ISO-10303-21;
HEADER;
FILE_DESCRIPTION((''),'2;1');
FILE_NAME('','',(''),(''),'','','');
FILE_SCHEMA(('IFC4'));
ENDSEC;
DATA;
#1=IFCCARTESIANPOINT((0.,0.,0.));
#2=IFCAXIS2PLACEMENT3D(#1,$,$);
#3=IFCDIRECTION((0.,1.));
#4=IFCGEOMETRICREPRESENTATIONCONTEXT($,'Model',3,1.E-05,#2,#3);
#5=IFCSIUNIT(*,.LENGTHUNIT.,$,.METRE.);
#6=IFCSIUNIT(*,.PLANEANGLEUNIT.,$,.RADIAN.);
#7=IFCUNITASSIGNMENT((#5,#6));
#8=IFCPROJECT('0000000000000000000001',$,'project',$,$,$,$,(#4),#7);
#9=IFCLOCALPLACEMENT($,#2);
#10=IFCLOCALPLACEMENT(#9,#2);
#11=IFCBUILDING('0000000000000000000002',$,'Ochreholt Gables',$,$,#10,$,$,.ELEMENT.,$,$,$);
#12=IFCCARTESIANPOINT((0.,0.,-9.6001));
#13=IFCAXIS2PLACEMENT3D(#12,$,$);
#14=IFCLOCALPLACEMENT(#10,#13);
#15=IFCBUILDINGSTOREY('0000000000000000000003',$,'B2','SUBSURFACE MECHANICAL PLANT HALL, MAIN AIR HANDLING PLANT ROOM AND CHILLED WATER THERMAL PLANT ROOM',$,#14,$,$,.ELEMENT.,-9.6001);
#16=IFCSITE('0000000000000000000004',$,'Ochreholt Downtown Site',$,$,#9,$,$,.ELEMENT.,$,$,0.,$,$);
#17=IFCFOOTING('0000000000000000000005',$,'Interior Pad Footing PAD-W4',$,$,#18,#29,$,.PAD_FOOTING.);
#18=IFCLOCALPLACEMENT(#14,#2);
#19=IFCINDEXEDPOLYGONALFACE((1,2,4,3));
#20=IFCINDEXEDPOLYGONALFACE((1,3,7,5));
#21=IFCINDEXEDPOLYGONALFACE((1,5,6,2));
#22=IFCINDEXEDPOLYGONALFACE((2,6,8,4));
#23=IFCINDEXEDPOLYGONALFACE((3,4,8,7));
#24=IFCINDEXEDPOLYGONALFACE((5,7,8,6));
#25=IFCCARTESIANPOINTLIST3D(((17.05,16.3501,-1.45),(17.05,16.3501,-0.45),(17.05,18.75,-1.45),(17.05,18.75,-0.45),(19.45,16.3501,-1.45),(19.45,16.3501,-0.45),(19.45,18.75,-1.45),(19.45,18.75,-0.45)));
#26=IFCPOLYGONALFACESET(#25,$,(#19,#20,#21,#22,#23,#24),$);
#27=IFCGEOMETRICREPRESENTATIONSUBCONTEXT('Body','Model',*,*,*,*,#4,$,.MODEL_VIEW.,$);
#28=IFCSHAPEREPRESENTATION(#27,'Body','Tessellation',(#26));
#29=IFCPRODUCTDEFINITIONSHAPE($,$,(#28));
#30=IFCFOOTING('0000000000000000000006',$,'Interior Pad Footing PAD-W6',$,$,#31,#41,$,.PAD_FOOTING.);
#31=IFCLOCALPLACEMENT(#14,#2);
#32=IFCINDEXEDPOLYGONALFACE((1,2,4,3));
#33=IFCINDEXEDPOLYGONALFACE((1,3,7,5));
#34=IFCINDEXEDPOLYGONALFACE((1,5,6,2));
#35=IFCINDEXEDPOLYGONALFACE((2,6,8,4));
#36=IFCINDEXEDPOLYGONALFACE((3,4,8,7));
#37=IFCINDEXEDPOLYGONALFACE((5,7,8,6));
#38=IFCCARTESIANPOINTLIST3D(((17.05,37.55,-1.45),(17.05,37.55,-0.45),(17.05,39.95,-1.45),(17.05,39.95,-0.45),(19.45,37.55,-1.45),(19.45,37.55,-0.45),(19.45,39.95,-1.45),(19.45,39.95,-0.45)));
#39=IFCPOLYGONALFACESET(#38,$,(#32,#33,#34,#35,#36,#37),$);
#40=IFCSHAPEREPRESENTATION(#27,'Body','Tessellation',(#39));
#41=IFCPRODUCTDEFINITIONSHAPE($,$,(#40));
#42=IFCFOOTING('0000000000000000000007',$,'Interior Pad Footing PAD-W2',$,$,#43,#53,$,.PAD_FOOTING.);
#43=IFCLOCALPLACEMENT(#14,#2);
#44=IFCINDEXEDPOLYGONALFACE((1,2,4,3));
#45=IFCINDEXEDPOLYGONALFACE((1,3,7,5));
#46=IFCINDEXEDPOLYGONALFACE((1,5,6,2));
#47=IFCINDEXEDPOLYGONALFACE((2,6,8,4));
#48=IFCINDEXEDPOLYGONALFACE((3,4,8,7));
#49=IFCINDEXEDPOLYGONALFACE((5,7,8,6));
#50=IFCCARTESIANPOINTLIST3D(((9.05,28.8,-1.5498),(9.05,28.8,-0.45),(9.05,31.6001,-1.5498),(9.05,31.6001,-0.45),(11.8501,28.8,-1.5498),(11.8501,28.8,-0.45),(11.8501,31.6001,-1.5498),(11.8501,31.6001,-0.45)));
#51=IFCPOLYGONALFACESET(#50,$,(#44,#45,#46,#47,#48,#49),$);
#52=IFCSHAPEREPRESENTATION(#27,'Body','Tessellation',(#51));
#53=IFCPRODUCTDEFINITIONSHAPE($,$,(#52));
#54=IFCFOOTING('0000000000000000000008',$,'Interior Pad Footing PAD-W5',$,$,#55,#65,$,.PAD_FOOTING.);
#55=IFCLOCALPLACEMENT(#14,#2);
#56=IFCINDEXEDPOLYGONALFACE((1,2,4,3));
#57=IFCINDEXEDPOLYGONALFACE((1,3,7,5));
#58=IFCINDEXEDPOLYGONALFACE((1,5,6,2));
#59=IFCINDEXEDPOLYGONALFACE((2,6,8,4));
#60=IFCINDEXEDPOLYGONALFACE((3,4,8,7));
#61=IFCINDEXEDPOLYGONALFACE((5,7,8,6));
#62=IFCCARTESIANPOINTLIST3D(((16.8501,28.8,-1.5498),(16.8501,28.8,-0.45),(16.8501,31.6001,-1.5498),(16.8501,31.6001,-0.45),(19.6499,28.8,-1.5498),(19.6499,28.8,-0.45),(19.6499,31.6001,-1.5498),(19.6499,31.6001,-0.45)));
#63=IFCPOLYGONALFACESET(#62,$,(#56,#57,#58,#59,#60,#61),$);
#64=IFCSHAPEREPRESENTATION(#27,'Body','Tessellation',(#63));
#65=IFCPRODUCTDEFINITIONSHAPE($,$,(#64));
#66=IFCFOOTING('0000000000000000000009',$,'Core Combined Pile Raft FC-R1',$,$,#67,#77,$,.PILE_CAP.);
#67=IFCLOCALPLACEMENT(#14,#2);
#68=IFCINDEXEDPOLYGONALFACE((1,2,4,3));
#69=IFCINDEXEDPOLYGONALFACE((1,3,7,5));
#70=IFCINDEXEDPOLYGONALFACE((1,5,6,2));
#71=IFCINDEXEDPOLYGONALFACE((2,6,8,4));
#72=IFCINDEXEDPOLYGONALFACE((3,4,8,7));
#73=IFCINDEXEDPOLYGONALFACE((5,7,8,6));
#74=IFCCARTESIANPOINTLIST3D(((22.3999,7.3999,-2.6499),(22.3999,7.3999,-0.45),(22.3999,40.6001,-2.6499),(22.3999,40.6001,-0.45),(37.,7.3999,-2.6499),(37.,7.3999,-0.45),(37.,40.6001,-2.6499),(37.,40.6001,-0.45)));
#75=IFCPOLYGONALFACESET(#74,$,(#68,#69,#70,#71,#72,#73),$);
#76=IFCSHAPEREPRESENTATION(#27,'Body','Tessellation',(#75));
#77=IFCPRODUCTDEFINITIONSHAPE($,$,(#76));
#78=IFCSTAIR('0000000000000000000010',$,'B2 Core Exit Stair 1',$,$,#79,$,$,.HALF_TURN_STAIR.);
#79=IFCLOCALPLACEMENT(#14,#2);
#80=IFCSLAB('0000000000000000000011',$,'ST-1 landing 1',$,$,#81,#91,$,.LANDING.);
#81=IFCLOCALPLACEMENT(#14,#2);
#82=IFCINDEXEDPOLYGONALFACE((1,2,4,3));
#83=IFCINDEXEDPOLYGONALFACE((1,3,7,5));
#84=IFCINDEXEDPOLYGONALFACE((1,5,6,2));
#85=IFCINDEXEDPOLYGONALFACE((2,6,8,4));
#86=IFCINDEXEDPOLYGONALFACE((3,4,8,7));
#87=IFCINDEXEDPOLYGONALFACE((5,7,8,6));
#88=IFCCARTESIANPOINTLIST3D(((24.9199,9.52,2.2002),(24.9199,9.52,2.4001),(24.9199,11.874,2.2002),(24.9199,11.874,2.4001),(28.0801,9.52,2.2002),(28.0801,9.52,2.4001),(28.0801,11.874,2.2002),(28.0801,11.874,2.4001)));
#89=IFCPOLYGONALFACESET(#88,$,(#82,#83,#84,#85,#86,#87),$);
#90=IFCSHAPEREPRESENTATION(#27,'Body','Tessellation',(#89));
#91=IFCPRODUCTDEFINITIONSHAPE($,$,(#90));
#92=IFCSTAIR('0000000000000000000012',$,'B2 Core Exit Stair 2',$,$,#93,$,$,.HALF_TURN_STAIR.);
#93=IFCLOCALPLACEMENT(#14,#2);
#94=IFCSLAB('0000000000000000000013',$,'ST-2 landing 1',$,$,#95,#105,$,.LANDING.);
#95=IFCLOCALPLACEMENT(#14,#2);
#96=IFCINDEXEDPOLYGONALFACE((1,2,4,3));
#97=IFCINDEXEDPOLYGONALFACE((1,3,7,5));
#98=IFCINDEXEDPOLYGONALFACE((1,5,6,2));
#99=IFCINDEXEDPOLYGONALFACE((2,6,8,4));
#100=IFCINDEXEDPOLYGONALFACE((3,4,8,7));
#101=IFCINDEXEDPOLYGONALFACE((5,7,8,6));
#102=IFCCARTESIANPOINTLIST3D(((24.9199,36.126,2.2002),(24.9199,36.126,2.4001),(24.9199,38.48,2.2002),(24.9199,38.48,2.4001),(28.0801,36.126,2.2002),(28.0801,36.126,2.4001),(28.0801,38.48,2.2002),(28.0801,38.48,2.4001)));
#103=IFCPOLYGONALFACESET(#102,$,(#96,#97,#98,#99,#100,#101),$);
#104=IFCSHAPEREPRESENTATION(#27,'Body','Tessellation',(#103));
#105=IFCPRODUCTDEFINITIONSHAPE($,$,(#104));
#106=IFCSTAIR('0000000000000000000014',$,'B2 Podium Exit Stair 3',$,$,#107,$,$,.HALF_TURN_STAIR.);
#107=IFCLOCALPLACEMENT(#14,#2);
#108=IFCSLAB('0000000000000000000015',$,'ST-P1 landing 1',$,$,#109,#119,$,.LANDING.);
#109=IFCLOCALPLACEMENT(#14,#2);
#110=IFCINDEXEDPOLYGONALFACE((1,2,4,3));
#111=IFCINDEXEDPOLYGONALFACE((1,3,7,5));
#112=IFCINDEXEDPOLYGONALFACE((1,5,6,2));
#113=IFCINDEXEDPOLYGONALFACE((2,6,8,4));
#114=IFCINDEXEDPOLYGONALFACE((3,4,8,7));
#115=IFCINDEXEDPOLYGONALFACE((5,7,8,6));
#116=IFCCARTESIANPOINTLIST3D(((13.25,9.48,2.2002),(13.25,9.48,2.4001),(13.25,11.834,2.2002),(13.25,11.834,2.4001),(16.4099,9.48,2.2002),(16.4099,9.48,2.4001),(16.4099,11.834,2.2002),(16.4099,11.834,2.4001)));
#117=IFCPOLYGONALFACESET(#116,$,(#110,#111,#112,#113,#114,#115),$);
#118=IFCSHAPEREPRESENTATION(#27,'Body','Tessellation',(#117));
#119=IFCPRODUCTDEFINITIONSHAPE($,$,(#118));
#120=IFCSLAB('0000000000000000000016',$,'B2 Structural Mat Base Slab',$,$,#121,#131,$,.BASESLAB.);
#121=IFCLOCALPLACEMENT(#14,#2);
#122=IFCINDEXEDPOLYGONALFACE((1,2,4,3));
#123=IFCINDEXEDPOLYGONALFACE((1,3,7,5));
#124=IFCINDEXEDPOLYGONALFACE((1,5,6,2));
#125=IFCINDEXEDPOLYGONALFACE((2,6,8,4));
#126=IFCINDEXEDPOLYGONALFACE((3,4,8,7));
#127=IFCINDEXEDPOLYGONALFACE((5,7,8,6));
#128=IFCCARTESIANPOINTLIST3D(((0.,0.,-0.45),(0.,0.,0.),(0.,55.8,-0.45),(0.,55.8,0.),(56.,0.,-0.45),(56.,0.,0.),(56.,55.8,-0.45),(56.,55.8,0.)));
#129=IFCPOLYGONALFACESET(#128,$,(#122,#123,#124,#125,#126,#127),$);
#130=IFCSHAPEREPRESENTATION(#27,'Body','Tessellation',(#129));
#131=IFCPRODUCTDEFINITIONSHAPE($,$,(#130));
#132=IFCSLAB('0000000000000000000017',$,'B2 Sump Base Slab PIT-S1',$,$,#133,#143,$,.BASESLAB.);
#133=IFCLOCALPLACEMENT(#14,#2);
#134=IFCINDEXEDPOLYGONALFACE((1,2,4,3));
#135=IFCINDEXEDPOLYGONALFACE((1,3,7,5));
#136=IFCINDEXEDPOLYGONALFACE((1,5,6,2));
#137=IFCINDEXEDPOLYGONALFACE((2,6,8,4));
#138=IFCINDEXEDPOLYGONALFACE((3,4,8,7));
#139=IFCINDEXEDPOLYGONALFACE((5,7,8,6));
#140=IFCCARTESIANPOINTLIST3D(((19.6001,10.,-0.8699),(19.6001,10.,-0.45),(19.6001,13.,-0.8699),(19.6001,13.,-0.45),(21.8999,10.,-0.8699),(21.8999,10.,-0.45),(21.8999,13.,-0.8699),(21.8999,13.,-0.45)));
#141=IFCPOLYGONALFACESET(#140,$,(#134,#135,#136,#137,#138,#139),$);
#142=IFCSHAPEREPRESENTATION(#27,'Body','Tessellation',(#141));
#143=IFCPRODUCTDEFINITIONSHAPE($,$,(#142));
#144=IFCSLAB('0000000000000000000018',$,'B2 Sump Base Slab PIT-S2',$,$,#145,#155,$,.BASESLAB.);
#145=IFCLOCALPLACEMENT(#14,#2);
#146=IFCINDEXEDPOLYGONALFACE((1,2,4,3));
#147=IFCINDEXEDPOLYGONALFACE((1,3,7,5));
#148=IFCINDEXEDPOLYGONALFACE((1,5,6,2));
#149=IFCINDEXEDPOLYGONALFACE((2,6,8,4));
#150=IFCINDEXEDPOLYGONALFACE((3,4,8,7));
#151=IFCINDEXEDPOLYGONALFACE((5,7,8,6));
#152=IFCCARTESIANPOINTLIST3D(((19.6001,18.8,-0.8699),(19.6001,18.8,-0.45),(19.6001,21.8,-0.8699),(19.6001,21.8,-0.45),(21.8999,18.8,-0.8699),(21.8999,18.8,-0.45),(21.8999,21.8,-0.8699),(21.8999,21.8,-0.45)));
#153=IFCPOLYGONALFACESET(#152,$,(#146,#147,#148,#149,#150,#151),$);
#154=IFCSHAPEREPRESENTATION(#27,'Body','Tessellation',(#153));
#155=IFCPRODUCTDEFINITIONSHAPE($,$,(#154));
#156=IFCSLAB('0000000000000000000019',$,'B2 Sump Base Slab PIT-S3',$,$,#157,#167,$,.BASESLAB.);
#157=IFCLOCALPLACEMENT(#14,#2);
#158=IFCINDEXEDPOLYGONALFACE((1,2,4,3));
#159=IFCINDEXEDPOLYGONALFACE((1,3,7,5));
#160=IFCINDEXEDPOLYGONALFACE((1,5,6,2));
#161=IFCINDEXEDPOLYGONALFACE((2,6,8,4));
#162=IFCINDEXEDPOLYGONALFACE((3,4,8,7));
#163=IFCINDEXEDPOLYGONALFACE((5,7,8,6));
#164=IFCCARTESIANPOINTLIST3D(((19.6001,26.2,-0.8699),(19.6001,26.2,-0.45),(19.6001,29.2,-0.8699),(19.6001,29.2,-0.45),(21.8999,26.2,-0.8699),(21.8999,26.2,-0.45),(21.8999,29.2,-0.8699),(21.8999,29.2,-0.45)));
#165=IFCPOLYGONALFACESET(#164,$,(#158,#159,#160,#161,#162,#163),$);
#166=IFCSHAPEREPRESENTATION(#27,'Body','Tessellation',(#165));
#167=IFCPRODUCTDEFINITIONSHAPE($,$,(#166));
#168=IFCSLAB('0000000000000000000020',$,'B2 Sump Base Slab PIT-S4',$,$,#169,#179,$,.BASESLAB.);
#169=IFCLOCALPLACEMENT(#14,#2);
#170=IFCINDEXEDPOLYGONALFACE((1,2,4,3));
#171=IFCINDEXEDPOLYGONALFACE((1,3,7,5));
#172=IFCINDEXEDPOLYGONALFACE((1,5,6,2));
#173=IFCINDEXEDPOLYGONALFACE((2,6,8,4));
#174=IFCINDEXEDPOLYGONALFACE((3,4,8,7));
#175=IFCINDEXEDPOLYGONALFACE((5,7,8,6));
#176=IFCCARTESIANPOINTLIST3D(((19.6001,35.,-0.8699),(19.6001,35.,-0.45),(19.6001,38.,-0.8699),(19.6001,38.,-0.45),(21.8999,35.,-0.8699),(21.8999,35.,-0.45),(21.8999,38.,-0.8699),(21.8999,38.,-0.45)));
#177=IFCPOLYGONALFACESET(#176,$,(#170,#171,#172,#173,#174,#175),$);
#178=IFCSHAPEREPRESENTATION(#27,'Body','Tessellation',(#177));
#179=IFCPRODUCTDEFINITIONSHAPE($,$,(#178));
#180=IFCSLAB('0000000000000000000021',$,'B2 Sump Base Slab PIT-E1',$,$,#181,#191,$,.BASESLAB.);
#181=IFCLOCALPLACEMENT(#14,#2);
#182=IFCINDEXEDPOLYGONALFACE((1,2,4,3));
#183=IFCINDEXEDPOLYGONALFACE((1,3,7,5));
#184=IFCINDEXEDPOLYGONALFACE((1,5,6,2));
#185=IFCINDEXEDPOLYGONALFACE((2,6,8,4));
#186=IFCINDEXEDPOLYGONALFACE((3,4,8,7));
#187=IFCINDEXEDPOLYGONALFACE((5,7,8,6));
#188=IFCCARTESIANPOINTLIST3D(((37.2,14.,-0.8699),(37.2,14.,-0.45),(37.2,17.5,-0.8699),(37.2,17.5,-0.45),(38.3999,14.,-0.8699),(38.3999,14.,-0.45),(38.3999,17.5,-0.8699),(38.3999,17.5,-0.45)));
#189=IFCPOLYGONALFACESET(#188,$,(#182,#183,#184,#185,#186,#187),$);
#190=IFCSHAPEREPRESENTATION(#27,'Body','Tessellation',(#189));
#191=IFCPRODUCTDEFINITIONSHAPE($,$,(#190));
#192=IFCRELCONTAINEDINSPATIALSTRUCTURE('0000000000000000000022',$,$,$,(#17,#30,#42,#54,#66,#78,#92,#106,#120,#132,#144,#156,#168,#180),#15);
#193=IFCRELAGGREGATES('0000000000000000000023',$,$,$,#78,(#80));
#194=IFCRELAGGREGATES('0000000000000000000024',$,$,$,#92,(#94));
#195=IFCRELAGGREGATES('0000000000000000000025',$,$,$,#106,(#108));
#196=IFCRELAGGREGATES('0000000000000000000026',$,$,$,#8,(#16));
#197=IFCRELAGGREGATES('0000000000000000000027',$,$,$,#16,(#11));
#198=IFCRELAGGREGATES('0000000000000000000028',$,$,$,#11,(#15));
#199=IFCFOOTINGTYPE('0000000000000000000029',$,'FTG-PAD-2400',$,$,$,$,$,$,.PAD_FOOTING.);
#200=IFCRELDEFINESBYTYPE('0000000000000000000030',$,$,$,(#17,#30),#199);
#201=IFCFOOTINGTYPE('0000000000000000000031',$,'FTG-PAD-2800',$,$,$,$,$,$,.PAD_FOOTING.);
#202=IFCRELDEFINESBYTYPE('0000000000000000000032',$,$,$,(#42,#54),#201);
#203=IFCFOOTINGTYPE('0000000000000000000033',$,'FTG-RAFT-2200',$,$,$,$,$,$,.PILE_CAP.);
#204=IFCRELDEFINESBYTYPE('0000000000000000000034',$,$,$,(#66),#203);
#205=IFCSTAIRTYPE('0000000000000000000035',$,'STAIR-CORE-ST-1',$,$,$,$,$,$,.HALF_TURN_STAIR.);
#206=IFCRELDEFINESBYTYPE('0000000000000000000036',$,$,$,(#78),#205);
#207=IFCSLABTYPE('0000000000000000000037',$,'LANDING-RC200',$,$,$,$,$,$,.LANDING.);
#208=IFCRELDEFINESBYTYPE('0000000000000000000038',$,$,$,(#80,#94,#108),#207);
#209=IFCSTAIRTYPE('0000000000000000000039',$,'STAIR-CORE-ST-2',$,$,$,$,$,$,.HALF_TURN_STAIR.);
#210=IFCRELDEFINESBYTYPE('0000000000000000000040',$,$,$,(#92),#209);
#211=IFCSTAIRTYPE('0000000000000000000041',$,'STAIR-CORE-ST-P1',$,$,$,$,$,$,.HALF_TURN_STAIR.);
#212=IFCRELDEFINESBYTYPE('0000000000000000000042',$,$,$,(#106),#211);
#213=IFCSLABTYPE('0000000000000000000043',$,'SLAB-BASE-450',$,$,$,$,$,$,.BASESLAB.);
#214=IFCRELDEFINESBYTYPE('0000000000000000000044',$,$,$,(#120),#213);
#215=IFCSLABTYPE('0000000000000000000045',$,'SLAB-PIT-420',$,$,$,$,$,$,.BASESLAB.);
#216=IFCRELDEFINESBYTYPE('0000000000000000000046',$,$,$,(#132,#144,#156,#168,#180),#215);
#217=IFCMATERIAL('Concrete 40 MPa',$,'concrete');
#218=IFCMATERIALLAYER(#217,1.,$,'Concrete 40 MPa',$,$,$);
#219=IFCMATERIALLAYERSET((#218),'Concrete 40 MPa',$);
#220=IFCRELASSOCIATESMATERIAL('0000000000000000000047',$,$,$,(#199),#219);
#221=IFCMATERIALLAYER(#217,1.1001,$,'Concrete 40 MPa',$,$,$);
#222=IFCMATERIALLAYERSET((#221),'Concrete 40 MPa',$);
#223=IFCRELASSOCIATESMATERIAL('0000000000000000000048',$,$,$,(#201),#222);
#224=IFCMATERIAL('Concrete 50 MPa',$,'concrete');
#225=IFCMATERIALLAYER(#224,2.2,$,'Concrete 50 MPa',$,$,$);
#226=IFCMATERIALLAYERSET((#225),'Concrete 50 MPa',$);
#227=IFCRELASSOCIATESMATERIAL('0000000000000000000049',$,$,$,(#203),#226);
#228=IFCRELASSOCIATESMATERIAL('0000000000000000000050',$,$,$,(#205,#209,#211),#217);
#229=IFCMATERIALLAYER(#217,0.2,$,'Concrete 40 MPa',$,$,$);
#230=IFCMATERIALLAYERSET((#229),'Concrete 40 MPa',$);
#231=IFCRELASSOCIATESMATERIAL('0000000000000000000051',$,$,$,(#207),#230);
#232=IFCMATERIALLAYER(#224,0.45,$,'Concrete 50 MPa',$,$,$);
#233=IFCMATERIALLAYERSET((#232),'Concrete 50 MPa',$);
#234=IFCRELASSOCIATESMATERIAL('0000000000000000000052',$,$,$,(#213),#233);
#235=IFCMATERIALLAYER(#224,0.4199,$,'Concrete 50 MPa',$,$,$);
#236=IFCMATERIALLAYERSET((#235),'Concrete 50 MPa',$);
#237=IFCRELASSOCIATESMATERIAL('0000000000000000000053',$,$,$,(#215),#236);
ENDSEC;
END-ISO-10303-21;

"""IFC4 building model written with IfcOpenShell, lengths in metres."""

from ifc_helpers import new_model, si_unit, direction, frame, origin, place, context, subcontext, project, spatial, polyline, outline, extrude, material, layer, layer_set, type_object, element, aggregate, save


model = new_model("IFC4")

# Units and contexts
model_context = context("Model", 3, precision=1e-05, world=origin(), true_north=direction((0.0, 1.0)))
body_context = subcontext(model_context, "Body", "Model", "MODEL_VIEW")
ifc_project = project(units=[si_unit("LENGTHUNIT", "METRE"), si_unit("PLANEANGLEUNIT", "RADIAN")], contexts=[model_context])

# Site, building, storey
site_placement = place(None, origin())
site = spatial("IfcSite", under=ifc_project, at=site_placement, Name="Ochreholt Downtown Site", CompositionType="ELEMENT", RefElevation=0.0)
building_placement = place(site_placement, origin())
building = spatial("IfcBuilding", under=site, at=building_placement, Name="Ochreholt Gables", CompositionType="ELEMENT")
storey_placement = place(building_placement, frame((0.0, 0.0, -9.6001)))
storey = spatial("IfcBuildingStorey", under=building, at=storey_placement, Name="B2", Description="SUBSURFACE MECHANICAL PLANT HALL, MAIN AIR HANDLING PLANT ROOM AND CHILLED WATER THERMAL PLANT ROOM", CompositionType="ELEMENT", Elevation=-9.6001)

# Footings
ifc_material_1 = material(Name="Concrete 50 MPa", Category="concrete")
ifc_material_2 = material(Name="Concrete 40 MPa", Category="concrete")
ifc_layer_1 = layer(ifc_material_2, 1.0, Name="Concrete 40 MPa")
ifc_layer_set_1 = layer_set([ifc_layer_1], Name="Concrete 40 MPa")
footing_type_1 = type_object("IfcFootingType", Name="FTG-PAD-2400", PredefinedType="PAD_FOOTING", material=ifc_layer_set_1)
footing_1_placement = place(storey_placement, frame((0.0, 0.0, -1.45)))
element("IfcFooting", 1, at=footing_1_placement, inside=storey, type_object=footing_type_1, Name="Interior Pad Footing PAD-W4", PredefinedType="PAD_FOOTING", context=body_context, shape_type="SweptSolid", body=[
    extrude(outline(polyline([(17.05, 16.3501), (19.45, 16.3501), (19.45, 18.75), (17.05, 18.75), (17.05, 16.3501)])), origin(), (0.0, 0.0, 1.0), 1.0),
])
footing_2_placement = place(storey_placement, frame((0.0, 0.0, -1.45)))
element("IfcFooting", 2, at=footing_2_placement, inside=storey, type_object=footing_type_1, Name="Interior Pad Footing PAD-W6", PredefinedType="PAD_FOOTING", context=body_context, shape_type="SweptSolid", body=[
    extrude(outline(polyline([(17.05, 37.55), (19.45, 37.55), (19.45, 39.95), (17.05, 39.95), (17.05, 37.55)])), origin(), (0.0, 0.0, 1.0), 1.0),
])
ifc_layer_2 = layer(ifc_material_2, 1.1001, Name="Concrete 40 MPa")
ifc_layer_set_2 = layer_set([ifc_layer_2], Name="Concrete 40 MPa")
footing_type_2 = type_object("IfcFootingType", Name="FTG-PAD-2800", PredefinedType="PAD_FOOTING", material=ifc_layer_set_2)
footing_3_placement = place(storey_placement, frame((0.0, 0.0, -1.5498)))
element("IfcFooting", 3, at=footing_3_placement, inside=storey, type_object=footing_type_2, Name="Interior Pad Footing PAD-W2", PredefinedType="PAD_FOOTING", context=body_context, shape_type="SweptSolid", body=[
    extrude(outline(polyline([(9.05, 28.8), (11.8501, 28.8), (11.8501, 31.6001), (9.05, 31.6001), (9.05, 28.8)])), origin(), (0.0, 0.0, 1.0), 1.0999),
])
footing_4_placement = place(storey_placement, frame((0.0, 0.0, -1.5498)))
element("IfcFooting", 4, at=footing_4_placement, inside=storey, type_object=footing_type_2, Name="Interior Pad Footing PAD-W5", PredefinedType="PAD_FOOTING", context=body_context, shape_type="SweptSolid", body=[
    extrude(outline(polyline([(16.8501, 28.8), (19.6499, 28.8), (19.6499, 31.6001), (16.8501, 31.6001), (16.8501, 28.8)])), origin(), (0.0, 0.0, 1.0), 1.0999),
])
ifc_layer_3 = layer(ifc_material_1, 2.2, Name="Concrete 50 MPa")
ifc_layer_set_3 = layer_set([ifc_layer_3], Name="Concrete 50 MPa")
footing_type_3 = type_object("IfcFootingType", Name="FTG-RAFT-2200", PredefinedType="PILE_CAP", material=ifc_layer_set_3)
footing_5_placement = place(storey_placement, frame((0.0, 0.0, -2.6499)))
element("IfcFooting", 5, at=footing_5_placement, inside=storey, type_object=footing_type_3, Name="Core Combined Pile Raft FC-R1", PredefinedType="PILE_CAP", context=body_context, shape_type="SweptSolid", body=[
    extrude(outline(polyline([(22.3999, 7.3999), (37.0, 7.3999), (37.0, 40.6001), (22.3999, 40.6001), (22.3999, 7.3999)])), origin(), (0.0, 0.0, 1.0), 2.2),
])

# Stairs, slabs
stair_type_1 = type_object("IfcStairType", Name="STAIR-CORE-ST-1", PredefinedType="HALF_TURN_STAIR", material=ifc_material_2)
stair_1_placement = place(storey_placement, origin())
stair_1 = element("IfcStair", 6, at=stair_1_placement, inside=storey, type_object=stair_type_1, Name="B2 Core Exit Stair 1", PredefinedType="HALF_TURN_STAIR")
ifc_layer_4 = layer(ifc_material_2, 0.2, Name="Concrete 40 MPa")
ifc_layer_set_4 = layer_set([ifc_layer_4], Name="Concrete 40 MPa")
slab_type_1 = type_object("IfcSlabType", Name="LANDING-RC200", PredefinedType="LANDING", material=ifc_layer_set_4)
slab_1_placement = place(storey_placement, frame((0.0, 0.0, 2.2002)))
slab_1 = element("IfcSlab", 7, at=slab_1_placement, type_object=slab_type_1, Name="ST-1 landing 1", PredefinedType="LANDING", context=body_context, shape_type="SweptSolid", body=[
    extrude(outline(polyline([(24.9199, 11.874), (24.9199, 9.52), (28.0801, 9.52), (28.0801, 11.874), (24.9199, 11.874)])), origin(), (0.0, 0.0, 1.0), 0.2),
])
aggregate(stair_1, [slab_1])
stair_type_2 = type_object("IfcStairType", Name="STAIR-CORE-ST-2", PredefinedType="HALF_TURN_STAIR", material=ifc_material_2)
stair_2_placement = place(storey_placement, origin())
stair_2 = element("IfcStair", 8, at=stair_2_placement, inside=storey, type_object=stair_type_2, Name="B2 Core Exit Stair 2", PredefinedType="HALF_TURN_STAIR")
slab_2_placement = place(storey_placement, frame((0.0, 0.0, 2.2002)))
slab_2 = element("IfcSlab", 9, at=slab_2_placement, type_object=slab_type_1, Name="ST-2 landing 1", PredefinedType="LANDING", context=body_context, shape_type="SweptSolid", body=[
    extrude(outline(polyline([(28.0801, 36.126), (28.0801, 38.48), (24.9199, 38.48), (24.9199, 36.126), (28.0801, 36.126)])), origin(), (0.0, 0.0, 1.0), 0.2),
])
aggregate(stair_2, [slab_2])
stair_type_3 = type_object("IfcStairType", Name="STAIR-CORE-ST-P1", PredefinedType="HALF_TURN_STAIR", material=ifc_material_2)
stair_3_placement = place(storey_placement, origin())
stair_3 = element("IfcStair", 10, at=stair_3_placement, inside=storey, type_object=stair_type_3, Name="B2 Podium Exit Stair 3", PredefinedType="HALF_TURN_STAIR")
slab_3_placement = place(storey_placement, frame((0.0, 0.0, 2.2002)))
slab_3 = element("IfcSlab", 11, at=slab_3_placement, type_object=slab_type_1, Name="ST-P1 landing 1", PredefinedType="LANDING", context=body_context, shape_type="SweptSolid", body=[
    extrude(outline(polyline([(13.25, 11.834), (13.25, 9.48), (16.4099, 9.48), (16.4099, 11.834), (13.25, 11.834)])), origin(), (0.0, 0.0, 1.0), 0.2),
])
aggregate(stair_3, [slab_3])

# Slabs
ifc_layer_5 = layer(ifc_material_1, 0.45, Name="Concrete 50 MPa")
ifc_layer_set_5 = layer_set([ifc_layer_5], Name="Concrete 50 MPa")
slab_type_2 = type_object("IfcSlabType", Name="SLAB-BASE-450", PredefinedType="BASESLAB", material=ifc_layer_set_5)
slab_4_placement = place(storey_placement, frame((0.0, 0.0, -0.45)))
element("IfcSlab", 12, at=slab_4_placement, inside=storey, type_object=slab_type_2, Name="B2 Structural Mat Base Slab", PredefinedType="BASESLAB", context=body_context, shape_type="SweptSolid", body=[
    extrude(outline(polyline([(0.0, 0.0), (56.0, 0.0), (56.0, 55.8), (0.0, 55.8), (0.0, 0.0)])), origin(), (0.0, 0.0, 1.0), 0.45),
])
ifc_layer_6 = layer(ifc_material_1, 0.4199, Name="Concrete 50 MPa")
ifc_layer_set_6 = layer_set([ifc_layer_6], Name="Concrete 50 MPa")
slab_type_3 = type_object("IfcSlabType", Name="SLAB-PIT-420", PredefinedType="BASESLAB", material=ifc_layer_set_6)
slab_5_placement = place(storey_placement, frame((0.0, 0.0, -0.8699)))
element("IfcSlab", 13, at=slab_5_placement, inside=storey, type_object=slab_type_3, Name="B2 Sump Base Slab PIT-S1", PredefinedType="BASESLAB", context=body_context, shape_type="SweptSolid", body=[
    extrude(outline(polyline([(19.6001, 10.0), (21.8999, 10.0), (21.8999, 13.0), (19.6001, 13.0), (19.6001, 10.0)])), origin(), (0.0, 0.0, 1.0), 0.4199),
])
slab_6_placement = place(storey_placement, frame((0.0, 0.0, -0.8699)))
element("IfcSlab", 14, at=slab_6_placement, inside=storey, type_object=slab_type_3, Name="B2 Sump Base Slab PIT-S2", PredefinedType="BASESLAB", context=body_context, shape_type="SweptSolid", body=[
    extrude(outline(polyline([(19.6001, 18.8), (21.8999, 18.8), (21.8999, 21.8), (19.6001, 21.8), (19.6001, 18.8)])), origin(), (0.0, 0.0, 1.0), 0.4199),
])
slab_7_placement = place(storey_placement, frame((0.0, 0.0, -0.8699)))
element("IfcSlab", 15, at=slab_7_placement, inside=storey, type_object=slab_type_3, Name="B2 Sump Base Slab PIT-S3", PredefinedType="BASESLAB", context=body_context, shape_type="SweptSolid", body=[
    extrude(outline(polyline([(19.6001, 26.2), (21.8999, 26.2), (21.8999, 29.2), (19.6001, 29.2), (19.6001, 26.2)])), origin(), (0.0, 0.0, 1.0), 0.4199),
])
slab_8_placement = place(storey_placement, frame((0.0, 0.0, -0.8699)))
element("IfcSlab", 16, at=slab_8_placement, inside=storey, type_object=slab_type_3, Name="B2 Sump Base Slab PIT-S4", PredefinedType="BASESLAB", context=body_context, shape_type="SweptSolid", body=[
    extrude(outline(polyline([(19.6001, 35.0), (21.8999, 35.0), (21.8999, 38.0), (19.6001, 38.0), (19.6001, 35.0)])), origin(), (0.0, 0.0, 1.0), 0.4199),
])
slab_9_placement = place(storey_placement, frame((0.0, 0.0, -0.8699)))
element("IfcSlab", 17, at=slab_9_placement, inside=storey, type_object=slab_type_3, Name="B2 Sump Base Slab PIT-E1", PredefinedType="BASESLAB", context=body_context, shape_type="SweptSolid", body=[
    extrude(outline(polyline([(37.2, 14.0), (38.3999, 14.0), (38.3999, 17.5), (37.2, 17.5), (37.2, 14.0)])), origin(), (0.0, 0.0, 1.0), 0.4199),
])

save(model, "model.ifc")
